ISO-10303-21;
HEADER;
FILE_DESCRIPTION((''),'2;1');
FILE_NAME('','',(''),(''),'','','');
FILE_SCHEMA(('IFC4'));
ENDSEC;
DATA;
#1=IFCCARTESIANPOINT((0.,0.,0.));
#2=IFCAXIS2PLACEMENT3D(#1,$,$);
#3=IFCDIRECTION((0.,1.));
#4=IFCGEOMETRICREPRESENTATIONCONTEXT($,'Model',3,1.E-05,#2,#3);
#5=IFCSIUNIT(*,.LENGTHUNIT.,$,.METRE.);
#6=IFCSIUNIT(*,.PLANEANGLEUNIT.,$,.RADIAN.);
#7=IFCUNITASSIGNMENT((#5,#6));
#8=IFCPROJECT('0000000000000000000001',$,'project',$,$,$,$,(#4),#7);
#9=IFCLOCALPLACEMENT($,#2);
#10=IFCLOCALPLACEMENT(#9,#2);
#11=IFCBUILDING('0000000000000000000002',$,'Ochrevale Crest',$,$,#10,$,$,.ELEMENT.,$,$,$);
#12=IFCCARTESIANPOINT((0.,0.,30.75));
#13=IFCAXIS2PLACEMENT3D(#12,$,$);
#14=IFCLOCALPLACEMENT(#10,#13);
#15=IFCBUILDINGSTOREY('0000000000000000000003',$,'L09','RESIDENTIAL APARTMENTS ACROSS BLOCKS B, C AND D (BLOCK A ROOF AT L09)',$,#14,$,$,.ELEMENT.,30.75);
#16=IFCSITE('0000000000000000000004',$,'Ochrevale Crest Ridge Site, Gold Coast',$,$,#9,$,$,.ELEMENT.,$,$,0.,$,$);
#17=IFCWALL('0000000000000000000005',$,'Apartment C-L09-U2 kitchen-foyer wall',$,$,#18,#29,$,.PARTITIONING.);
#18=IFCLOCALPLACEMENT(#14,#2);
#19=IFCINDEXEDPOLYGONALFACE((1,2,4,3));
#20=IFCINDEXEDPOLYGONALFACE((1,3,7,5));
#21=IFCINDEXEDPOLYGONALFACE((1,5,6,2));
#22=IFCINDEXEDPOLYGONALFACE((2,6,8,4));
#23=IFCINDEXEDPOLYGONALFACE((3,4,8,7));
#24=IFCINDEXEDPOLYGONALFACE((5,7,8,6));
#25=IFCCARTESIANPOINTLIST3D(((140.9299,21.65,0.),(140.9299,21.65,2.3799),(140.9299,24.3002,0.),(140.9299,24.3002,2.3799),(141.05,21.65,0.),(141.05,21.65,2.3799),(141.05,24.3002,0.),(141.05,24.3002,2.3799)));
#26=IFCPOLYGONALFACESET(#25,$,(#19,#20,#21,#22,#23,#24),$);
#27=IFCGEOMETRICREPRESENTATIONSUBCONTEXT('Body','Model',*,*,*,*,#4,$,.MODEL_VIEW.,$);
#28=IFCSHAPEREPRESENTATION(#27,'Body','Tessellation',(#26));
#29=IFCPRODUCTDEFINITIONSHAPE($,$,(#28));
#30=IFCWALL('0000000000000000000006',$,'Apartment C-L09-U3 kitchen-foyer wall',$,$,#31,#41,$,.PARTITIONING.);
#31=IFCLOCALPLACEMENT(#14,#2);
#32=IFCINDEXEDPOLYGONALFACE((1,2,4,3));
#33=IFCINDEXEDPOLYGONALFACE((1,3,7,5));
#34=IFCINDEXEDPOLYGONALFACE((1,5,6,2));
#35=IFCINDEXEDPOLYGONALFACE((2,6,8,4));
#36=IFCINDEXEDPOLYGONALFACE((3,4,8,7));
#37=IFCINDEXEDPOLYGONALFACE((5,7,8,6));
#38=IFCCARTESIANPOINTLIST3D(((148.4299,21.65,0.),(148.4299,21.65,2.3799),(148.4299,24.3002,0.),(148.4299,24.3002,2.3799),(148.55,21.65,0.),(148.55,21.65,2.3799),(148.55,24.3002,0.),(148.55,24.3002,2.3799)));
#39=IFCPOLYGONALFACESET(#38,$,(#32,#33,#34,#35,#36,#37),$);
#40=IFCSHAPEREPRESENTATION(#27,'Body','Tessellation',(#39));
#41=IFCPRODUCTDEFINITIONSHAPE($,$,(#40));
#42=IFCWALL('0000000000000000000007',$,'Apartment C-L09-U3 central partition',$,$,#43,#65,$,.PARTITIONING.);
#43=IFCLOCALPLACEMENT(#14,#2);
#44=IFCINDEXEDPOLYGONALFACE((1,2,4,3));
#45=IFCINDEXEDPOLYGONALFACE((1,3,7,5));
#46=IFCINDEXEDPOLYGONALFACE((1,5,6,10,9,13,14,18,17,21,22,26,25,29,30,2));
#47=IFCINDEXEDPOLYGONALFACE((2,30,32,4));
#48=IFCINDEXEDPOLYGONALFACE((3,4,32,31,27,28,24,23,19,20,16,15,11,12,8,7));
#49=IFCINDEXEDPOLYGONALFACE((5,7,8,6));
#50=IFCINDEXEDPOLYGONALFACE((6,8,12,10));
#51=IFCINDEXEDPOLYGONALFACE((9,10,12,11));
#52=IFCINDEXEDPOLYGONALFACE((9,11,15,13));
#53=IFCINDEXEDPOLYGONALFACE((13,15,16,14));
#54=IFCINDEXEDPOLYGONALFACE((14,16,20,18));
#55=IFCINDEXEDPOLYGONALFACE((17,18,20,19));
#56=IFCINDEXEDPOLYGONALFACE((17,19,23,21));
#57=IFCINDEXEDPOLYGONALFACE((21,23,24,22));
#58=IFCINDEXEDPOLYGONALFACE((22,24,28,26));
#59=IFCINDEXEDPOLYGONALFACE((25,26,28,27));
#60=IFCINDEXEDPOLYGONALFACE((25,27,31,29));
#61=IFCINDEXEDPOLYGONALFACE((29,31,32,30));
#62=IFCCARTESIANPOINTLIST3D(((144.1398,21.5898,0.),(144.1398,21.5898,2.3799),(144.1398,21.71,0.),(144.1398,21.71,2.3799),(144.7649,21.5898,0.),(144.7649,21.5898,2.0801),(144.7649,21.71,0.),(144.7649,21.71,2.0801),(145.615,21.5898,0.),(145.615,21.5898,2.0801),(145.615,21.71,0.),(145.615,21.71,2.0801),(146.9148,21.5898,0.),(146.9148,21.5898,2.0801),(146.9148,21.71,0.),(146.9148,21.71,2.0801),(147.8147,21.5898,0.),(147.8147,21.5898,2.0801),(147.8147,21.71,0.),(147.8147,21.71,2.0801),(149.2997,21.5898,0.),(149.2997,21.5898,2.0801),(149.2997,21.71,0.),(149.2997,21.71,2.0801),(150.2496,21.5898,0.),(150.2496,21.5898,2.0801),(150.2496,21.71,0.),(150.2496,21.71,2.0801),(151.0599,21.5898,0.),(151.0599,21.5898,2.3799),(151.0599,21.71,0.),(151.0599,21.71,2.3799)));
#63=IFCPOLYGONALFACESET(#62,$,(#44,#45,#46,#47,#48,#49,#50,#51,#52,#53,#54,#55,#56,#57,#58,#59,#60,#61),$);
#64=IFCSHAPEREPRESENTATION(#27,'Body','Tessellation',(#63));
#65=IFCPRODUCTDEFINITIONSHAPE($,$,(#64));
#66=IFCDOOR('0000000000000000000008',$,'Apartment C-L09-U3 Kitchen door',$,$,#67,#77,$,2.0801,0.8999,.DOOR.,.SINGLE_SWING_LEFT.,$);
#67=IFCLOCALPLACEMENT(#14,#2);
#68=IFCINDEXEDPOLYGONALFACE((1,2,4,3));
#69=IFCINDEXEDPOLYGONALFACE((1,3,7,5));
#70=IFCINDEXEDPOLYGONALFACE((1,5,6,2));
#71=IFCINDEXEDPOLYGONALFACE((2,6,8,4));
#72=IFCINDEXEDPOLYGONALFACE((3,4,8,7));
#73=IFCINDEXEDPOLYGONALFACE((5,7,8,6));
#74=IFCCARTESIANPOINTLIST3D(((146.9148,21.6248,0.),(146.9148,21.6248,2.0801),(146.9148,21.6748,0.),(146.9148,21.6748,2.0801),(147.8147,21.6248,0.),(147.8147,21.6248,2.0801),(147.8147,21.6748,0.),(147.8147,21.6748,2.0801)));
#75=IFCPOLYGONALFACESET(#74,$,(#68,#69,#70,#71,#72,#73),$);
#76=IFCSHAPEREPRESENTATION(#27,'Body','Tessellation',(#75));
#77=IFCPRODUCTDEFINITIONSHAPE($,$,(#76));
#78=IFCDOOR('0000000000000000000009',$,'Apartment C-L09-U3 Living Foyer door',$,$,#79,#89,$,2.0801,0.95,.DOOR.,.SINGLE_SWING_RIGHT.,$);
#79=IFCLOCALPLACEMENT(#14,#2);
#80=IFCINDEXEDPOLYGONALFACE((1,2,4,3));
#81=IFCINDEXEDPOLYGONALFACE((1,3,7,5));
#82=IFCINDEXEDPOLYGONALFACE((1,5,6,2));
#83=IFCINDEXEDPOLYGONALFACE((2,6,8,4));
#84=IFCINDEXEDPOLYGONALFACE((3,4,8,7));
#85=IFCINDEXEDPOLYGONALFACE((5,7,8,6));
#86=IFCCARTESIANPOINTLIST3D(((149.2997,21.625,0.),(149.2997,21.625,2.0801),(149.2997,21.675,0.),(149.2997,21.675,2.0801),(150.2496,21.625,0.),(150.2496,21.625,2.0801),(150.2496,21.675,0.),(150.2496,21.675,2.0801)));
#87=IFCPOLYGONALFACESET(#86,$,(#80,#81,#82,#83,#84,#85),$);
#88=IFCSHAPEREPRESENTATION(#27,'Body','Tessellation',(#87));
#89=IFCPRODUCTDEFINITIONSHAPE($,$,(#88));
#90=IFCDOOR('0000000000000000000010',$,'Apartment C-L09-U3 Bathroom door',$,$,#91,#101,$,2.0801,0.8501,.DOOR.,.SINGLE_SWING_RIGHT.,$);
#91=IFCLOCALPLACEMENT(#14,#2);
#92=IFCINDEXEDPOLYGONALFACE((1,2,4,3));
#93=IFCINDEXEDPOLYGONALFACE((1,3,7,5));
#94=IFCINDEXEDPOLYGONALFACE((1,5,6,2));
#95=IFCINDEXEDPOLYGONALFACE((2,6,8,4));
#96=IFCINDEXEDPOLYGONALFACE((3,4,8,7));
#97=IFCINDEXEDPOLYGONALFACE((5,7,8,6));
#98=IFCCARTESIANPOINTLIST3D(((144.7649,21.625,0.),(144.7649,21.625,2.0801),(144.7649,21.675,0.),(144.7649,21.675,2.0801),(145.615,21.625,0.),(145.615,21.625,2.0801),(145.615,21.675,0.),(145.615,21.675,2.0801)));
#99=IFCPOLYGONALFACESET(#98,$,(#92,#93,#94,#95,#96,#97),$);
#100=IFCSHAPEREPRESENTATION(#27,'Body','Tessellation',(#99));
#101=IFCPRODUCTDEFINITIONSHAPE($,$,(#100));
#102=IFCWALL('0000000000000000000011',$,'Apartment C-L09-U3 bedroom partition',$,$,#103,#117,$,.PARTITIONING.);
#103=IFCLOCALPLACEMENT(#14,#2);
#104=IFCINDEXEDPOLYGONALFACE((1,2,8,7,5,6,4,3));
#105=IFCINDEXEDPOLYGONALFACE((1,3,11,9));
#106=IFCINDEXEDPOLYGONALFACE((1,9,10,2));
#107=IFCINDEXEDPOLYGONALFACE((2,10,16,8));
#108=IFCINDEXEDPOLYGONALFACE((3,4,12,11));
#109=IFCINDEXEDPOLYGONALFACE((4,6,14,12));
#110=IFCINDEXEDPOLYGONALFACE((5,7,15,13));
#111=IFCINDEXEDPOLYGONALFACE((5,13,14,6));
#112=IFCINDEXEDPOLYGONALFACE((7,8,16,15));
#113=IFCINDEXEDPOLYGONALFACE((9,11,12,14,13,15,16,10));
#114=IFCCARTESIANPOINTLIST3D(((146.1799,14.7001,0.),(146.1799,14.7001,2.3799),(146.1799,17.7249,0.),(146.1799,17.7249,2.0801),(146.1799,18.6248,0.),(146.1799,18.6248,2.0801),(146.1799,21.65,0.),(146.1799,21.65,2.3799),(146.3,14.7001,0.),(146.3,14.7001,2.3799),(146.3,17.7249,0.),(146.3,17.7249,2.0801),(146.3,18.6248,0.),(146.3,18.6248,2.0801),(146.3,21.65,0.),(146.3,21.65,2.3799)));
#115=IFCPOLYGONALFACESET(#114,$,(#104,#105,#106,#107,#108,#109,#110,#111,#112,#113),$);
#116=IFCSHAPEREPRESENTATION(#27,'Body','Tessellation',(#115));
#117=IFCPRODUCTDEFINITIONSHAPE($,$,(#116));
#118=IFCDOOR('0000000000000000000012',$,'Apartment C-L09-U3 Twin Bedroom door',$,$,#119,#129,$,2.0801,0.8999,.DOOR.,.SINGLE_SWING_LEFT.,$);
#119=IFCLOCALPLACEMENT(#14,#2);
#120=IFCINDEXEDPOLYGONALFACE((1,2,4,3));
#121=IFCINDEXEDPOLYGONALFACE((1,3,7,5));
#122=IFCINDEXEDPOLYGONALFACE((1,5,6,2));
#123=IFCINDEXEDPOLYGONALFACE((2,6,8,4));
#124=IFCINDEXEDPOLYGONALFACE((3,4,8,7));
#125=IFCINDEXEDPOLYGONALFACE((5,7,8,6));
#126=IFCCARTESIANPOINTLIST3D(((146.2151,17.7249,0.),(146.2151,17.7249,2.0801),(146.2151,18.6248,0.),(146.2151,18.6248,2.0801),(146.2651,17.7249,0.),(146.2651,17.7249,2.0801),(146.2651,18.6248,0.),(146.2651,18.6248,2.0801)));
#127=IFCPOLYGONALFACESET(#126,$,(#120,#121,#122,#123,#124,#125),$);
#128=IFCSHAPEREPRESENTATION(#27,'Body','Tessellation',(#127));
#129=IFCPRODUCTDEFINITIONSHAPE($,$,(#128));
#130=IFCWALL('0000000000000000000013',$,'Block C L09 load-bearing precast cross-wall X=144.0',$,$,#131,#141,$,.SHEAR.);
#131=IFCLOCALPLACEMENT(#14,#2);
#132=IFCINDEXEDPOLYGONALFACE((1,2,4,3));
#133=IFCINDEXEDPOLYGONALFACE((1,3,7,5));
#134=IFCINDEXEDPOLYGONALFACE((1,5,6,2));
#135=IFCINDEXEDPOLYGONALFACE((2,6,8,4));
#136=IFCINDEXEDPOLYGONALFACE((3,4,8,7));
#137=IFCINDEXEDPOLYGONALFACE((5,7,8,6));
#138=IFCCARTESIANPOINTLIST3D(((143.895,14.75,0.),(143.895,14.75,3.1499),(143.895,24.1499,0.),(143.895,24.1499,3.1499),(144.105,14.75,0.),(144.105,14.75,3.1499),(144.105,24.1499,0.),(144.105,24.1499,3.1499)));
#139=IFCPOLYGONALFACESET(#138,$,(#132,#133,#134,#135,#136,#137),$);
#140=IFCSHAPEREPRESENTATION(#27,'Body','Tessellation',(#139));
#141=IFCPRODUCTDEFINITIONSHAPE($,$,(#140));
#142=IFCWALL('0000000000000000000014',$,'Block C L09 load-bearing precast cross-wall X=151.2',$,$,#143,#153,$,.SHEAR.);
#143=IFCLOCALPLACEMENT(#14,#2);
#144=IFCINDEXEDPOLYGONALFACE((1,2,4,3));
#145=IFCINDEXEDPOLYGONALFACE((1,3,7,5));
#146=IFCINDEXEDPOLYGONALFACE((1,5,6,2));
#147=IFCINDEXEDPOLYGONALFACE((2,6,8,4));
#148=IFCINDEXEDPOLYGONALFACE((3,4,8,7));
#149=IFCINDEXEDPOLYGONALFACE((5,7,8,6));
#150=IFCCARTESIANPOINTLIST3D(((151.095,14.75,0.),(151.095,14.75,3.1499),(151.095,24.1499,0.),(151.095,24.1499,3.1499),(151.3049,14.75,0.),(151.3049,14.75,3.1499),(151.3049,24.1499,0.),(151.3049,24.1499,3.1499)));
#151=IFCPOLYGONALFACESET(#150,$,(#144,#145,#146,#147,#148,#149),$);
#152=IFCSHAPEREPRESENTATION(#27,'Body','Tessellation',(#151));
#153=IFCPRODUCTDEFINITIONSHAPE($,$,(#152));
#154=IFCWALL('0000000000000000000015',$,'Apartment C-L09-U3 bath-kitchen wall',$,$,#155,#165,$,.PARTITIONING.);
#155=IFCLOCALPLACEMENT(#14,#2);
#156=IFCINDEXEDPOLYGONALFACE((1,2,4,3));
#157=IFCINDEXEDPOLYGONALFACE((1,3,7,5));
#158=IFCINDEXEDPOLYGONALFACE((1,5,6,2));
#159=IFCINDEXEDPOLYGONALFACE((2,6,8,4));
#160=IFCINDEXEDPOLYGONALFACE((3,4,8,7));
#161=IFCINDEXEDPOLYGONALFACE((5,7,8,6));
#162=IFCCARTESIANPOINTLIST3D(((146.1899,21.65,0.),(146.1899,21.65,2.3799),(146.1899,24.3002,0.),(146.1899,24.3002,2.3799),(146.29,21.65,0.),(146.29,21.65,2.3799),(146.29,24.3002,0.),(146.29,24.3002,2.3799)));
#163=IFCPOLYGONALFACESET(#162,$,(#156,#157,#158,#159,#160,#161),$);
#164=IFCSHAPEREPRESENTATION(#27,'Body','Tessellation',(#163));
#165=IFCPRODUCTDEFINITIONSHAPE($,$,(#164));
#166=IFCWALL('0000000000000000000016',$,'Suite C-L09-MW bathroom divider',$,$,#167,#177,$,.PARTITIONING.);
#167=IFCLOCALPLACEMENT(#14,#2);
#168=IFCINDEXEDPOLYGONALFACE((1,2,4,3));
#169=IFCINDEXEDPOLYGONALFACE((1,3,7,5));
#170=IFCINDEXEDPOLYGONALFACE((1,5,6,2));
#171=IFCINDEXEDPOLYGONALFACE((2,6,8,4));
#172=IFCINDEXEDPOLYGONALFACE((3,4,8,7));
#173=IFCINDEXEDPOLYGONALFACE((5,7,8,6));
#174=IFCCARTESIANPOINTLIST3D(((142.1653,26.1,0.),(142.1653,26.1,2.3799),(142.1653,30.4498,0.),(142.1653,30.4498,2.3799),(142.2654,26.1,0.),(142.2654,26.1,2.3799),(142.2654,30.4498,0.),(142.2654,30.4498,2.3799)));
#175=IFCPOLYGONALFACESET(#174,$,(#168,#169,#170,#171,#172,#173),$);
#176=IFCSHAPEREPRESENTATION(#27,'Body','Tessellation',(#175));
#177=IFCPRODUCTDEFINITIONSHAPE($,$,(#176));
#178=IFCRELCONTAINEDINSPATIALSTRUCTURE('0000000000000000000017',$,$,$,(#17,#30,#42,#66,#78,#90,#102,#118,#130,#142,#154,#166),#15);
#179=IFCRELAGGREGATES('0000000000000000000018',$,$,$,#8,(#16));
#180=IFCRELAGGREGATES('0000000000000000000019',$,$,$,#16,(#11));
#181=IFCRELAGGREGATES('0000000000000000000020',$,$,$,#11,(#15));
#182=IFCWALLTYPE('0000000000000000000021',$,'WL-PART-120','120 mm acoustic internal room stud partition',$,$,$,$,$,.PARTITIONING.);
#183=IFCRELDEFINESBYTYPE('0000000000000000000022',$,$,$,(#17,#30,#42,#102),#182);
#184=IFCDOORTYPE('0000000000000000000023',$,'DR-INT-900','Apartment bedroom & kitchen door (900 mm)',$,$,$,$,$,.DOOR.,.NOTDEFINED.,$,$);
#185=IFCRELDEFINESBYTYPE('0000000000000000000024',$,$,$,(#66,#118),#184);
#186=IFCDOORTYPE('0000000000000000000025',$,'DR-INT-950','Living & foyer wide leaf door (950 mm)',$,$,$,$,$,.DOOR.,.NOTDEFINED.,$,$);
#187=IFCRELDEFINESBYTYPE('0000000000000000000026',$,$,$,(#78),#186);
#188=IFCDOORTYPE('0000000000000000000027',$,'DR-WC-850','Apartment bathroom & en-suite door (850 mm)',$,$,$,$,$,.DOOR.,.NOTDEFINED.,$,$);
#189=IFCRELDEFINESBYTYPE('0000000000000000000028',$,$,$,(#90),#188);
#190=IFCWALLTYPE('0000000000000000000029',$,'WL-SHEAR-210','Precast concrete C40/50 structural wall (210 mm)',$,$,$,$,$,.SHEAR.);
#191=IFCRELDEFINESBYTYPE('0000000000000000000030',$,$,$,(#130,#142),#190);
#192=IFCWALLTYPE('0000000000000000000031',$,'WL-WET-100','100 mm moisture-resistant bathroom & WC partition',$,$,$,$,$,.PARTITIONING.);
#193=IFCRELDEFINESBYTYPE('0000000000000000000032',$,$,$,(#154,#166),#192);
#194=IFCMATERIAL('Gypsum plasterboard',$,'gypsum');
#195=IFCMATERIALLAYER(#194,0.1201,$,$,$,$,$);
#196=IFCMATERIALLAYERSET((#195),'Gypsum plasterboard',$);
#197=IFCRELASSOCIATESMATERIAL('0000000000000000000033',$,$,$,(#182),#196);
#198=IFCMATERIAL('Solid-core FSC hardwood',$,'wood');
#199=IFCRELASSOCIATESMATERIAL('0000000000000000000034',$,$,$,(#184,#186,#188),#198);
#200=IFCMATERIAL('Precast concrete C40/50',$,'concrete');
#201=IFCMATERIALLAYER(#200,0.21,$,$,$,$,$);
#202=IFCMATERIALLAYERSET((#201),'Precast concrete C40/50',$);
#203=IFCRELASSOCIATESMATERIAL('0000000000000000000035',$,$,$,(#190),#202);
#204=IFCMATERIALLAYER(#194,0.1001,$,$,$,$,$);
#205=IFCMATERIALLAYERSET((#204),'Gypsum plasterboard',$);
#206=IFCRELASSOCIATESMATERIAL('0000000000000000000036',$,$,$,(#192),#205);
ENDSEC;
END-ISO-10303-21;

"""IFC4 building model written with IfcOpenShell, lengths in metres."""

from ifc_helpers import new_model, si_unit, direction, frame, frame_2d, origin, place, context, subcontext, project, spatial, rectangle, extrude, material, layer, layer_set, type_object, element, fill, save


model = new_model("IFC4")

# Units and contexts
model_context = context("Model", 3, precision=1e-05, world=origin(), true_north=direction((0.0, 1.0)))
body_context = subcontext(model_context, "Body", "Model", "MODEL_VIEW")
ifc_project = project(units=[si_unit("LENGTHUNIT", "METRE"), si_unit("PLANEANGLEUNIT", "RADIAN")], contexts=[model_context])

# Site, building, storey
site_placement = place(None, origin())
site = spatial("IfcSite", under=ifc_project, at=site_placement, Name="Ochrevale Crest Ridge Site, Gold Coast", CompositionType="ELEMENT", RefElevation=0.0)
building_placement = place(site_placement, origin())
building = spatial("IfcBuilding", under=site, at=building_placement, Name="Ochrevale Crest", CompositionType="ELEMENT")
storey_placement = place(building_placement, frame((0.0, 0.0, 30.75)))
storey = spatial("IfcBuildingStorey", under=building, at=storey_placement, Name="L09", Description="RESIDENTIAL APARTMENTS ACROSS BLOCKS B, C AND D (BLOCK A ROOF AT L09)", CompositionType="ELEMENT", Elevation=30.75)

# Shared definitions
ifc_material_1 = material(Name="Precast concrete C40/50", Category="concrete")

# Shared definitions
ifc_material_2 = material(Name="Gypsum plasterboard", Category="gypsum")
ifc_material_3 = material(Name="Solid-core FSC hardwood", Category="wood")

# Walls
ifc_layer_1 = layer(ifc_material_2, 0.1201)
ifc_layer_set_1 = layer_set([ifc_layer_1], Name="Gypsum plasterboard")
wall_type_1 = type_object("IfcWallType", Name="WL-PART-120", Description="120 mm acoustic internal room stud partition", PredefinedType="PARTITIONING", material=ifc_layer_set_1)
for number, where, z_axis, x_axis, name in (
    (1, (140.99, 21.6499, 0.0), (0.0, 0.0, 1.0), (0.0, 1.0, 0.0), "Apartment C-L09-U2 kitchen-foyer wall"),
    (2, (148.49, 21.6499, 0.0), (0.0, 0.0, 1.0), (0.0, 1.0, 0.0), "Apartment C-L09-U3 kitchen-foyer wall"),
):
    element("IfcWall", number, at=place(storey_placement, frame(where, z_axis=z_axis, x_axis=x_axis)), inside=storey, type_object=wall_type_1, Name=name, PredefinedType="PARTITIONING", context=body_context, shape_type="SweptSolid", body=[
        extrude(rectangle(XDim=2.6501, YDim=0.1201, at=frame_2d((1.3252, 0.0))), origin(), (0.0, 0.0, 1.0), 2.3799),
    ])

# Wall, openings, doors
wall_1_placement = place(storey_placement, frame((144.1399, 21.6499, 0.0), z_axis=(0.0, 0.0, 1.0), x_axis=(1.0, 0.0, 0.0)))
wall_1 = element("IfcWall", 3, at=wall_1_placement, inside=storey, type_object=wall_type_1, Name="Apartment C-L09-U3 central partition", PredefinedType="PARTITIONING", context=body_context, shape_type="SweptSolid", body=[
    extrude(rectangle(XDim=6.9202, YDim=0.1201, at=frame_2d((3.46, 0.0))), origin(), (0.0, 0.0, 1.0), 2.3799),
])
opening_1_placement = place(wall_1_placement, frame((1.4751, 0.0, 0.0), z_axis=(0.0, 0.0, 1.0), x_axis=(-1.0, 0.0, 0.0)))
opening_1 = element("IfcOpeningElement", 4, at=opening_1_placement, cuts=wall_1, PredefinedType="OPENING", context=body_context, shape_type="SweptSolid", body=[
    extrude(rectangle(XDim=0.8501, YDim=2.0801, at=frame_2d((0.425, 1.04))), frame((0.0, 0.0701, 0.0), z_axis=(0.0, -1.0, 0.0), x_axis=(1.0, 0.0, 0.0)), (0.0, 0.0, 1.0), 0.1401),
])
opening_2_placement = place(wall_1_placement, frame((2.7749, 0.0, 0.0)))
opening_2 = element("IfcOpeningElement", 5, at=opening_2_placement, cuts=wall_1, PredefinedType="OPENING", context=body_context, shape_type="SweptSolid", body=[
    extrude(rectangle(XDim=0.8999, YDim=2.0801, at=frame_2d((0.45, 1.04))), frame((0.0, 0.0701, 0.0), z_axis=(0.0, -1.0, 0.0), x_axis=(1.0, 0.0, 0.0)), (0.0, 0.0, 1.0), 0.1401),
])
opening_3_placement = place(wall_1_placement, frame((6.1099, 0.0, 0.0), z_axis=(0.0, 0.0, 1.0), x_axis=(-1.0, 0.0, 0.0)))
opening_3 = element("IfcOpeningElement", 6, at=opening_3_placement, cuts=wall_1, PredefinedType="OPENING", context=body_context, shape_type="SweptSolid", body=[
    extrude(rectangle(XDim=0.95, YDim=2.0801, at=frame_2d((0.4751, 1.04))), frame((0.0, 0.0701, 0.0), z_axis=(0.0, -1.0, 0.0), x_axis=(1.0, 0.0, 0.0)), (0.0, 0.0, 1.0), 0.1401),
])
door_type_1 = type_object("IfcDoorType", Name="DR-INT-900", Description="Apartment bedroom & kitchen door (900 mm)", OperationType="NOTDEFINED", PredefinedType="DOOR", material=ifc_material_3)
door_1_placement = place(opening_2_placement, origin())
door_1 = element("IfcDoor", 7, at=door_1_placement, inside=storey, type_object=door_type_1, Name="Apartment C-L09-U3 Kitchen door", OperationType="SINGLE_SWING_LEFT", OverallHeight=2.0801, OverallWidth=0.8999, PredefinedType="DOOR", context=body_context, shape_type="SweptSolid", body=[
    extrude(rectangle(XDim=0.8999, YDim=2.0801, at=frame_2d((0.45, 1.04))), frame((0.0, 0.0249, 0.0), z_axis=(0.0, -1.0, 0.0), x_axis=(1.0, 0.0, 0.0)), (0.0, 0.0, 1.0), 0.05),
])
fill(opening_2, door_1)
door_type_2 = type_object("IfcDoorType", Name="DR-INT-950", Description="Living & foyer wide leaf door (950 mm)", OperationType="NOTDEFINED", PredefinedType="DOOR", material=ifc_material_3)
door_2_placement = place(opening_3_placement, origin())
door_2 = element("IfcDoor", 8, at=door_2_placement, inside=storey, type_object=door_type_2, Name="Apartment C-L09-U3 Living Foyer door", OperationType="SINGLE_SWING_RIGHT", OverallHeight=2.0801, OverallWidth=0.95, PredefinedType="DOOR", context=body_context, shape_type="SweptSolid", body=[
    extrude(rectangle(XDim=0.95, YDim=2.0801, at=frame_2d((0.4751, 1.04))), frame((0.0, 0.0249, 0.0), z_axis=(0.0, -1.0, 0.0), x_axis=(1.0, 0.0, 0.0)), (0.0, 0.0, 1.0), 0.05),
])
fill(opening_3, door_2)
door_type_3 = type_object("IfcDoorType", Name="DR-WC-850", Description="Apartment bathroom & en-suite door (850 mm)", OperationType="NOTDEFINED", PredefinedType="DOOR", material=ifc_material_3)
door_3_placement = place(opening_1_placement, origin())
door_3 = element("IfcDoor", 9, at=door_3_placement, inside=storey, type_object=door_type_3, Name="Apartment C-L09-U3 Bathroom door", OperationType="SINGLE_SWING_RIGHT", OverallHeight=2.0801, OverallWidth=0.8501, PredefinedType="DOOR", context=body_context, shape_type="SweptSolid", body=[
    extrude(rectangle(XDim=0.8501, YDim=2.0801, at=frame_2d((0.425, 1.04))), frame((0.0, 0.0249, 0.0), z_axis=(0.0, -1.0, 0.0), x_axis=(1.0, 0.0, 0.0)), (0.0, 0.0, 1.0), 0.05),
])
fill(opening_1, door_3)

# Wall, opening, door
wall_2_placement = place(storey_placement, frame((146.24, 14.7, 0.0), z_axis=(0.0, 0.0, 1.0), x_axis=(0.0, 1.0, 0.0)))
wall_2 = element("IfcWall", 10, at=wall_2_placement, inside=storey, type_object=wall_type_1, Name="Apartment C-L09-U3 bedroom partition", PredefinedType="PARTITIONING", context=body_context, shape_type="SweptSolid", body=[
    extrude(rectangle(XDim=6.95, YDim=0.1201, at=frame_2d((3.4751, 0.0))), origin(), (0.0, 0.0, 1.0), 2.3799),
])
opening_4_placement = place(wall_2_placement, frame((3.0249, 0.0, 0.0)))
opening_4 = element("IfcOpeningElement", 11, at=opening_4_placement, cuts=wall_2, PredefinedType="OPENING", context=body_context, shape_type="SweptSolid", body=[
    extrude(rectangle(XDim=0.8999, YDim=2.0801, at=frame_2d((0.45, 1.04))), frame((0.0, 0.0701, 0.0), z_axis=(0.0, -1.0, 0.0), x_axis=(1.0, 0.0, 0.0)), (0.0, 0.0, 1.0), 0.1401),
])
door_4_placement = place(opening_4_placement, origin())
door_4 = element("IfcDoor", 12, at=door_4_placement, inside=storey, type_object=door_type_1, Name="Apartment C-L09-U3 Twin Bedroom door", OperationType="SINGLE_SWING_LEFT", OverallHeight=2.0801, OverallWidth=0.8999, PredefinedType="DOOR", context=body_context, shape_type="SweptSolid", body=[
    extrude(rectangle(XDim=0.8999, YDim=2.0801, at=frame_2d((0.45, 1.04))), frame((0.0, 0.0249, 0.0), z_axis=(0.0, -1.0, 0.0), x_axis=(1.0, 0.0, 0.0)), (0.0, 0.0, 1.0), 0.05),
])
fill(opening_4, door_4)

# Walls
ifc_layer_2 = layer(ifc_material_1, 0.21)
ifc_layer_set_2 = layer_set([ifc_layer_2], Name="Precast concrete C40/50")
wall_type_2 = type_object("IfcWallType", Name="WL-SHEAR-210", Description="Precast concrete C40/50 structural wall (210 mm)", PredefinedType="SHEAR", material=ifc_layer_set_2)
for number, where, z_axis, x_axis, name in (
    (13, (144.0, 14.75, 0.0), (0.0, 0.0, 1.0), (0.0, 1.0, 0.0), "Block C L09 load-bearing precast cross-wall X=144.0"),
    (14, (151.2, 14.75, 0.0), (0.0, 0.0, 1.0), (0.0, 1.0, 0.0), "Block C L09 load-bearing precast cross-wall X=151.2"),
):
    element("IfcWall", number, at=place(storey_placement, frame(where, z_axis=z_axis, x_axis=x_axis)), inside=storey, type_object=wall_type_2, Name=name, PredefinedType="SHEAR", context=body_context, shape_type="SweptSolid", body=[
        extrude(rectangle(XDim=9.3999, YDim=0.21, at=frame_2d((4.7, 0.0))), origin(), (0.0, 0.0, 1.0), 3.1499),
    ])
ifc_layer_3 = layer(ifc_material_2, 0.1001)
ifc_layer_set_3 = layer_set([ifc_layer_3], Name="Gypsum plasterboard")
wall_type_3 = type_object("IfcWallType", Name="WL-WET-100", Description="100 mm moisture-resistant bathroom & WC partition", PredefinedType="PARTITIONING", material=ifc_layer_set_3)
wall_3_placement = place(storey_placement, frame((146.24, 21.6499, 0.0), z_axis=(0.0, 0.0, 1.0), x_axis=(0.0, 1.0, 0.0)))
element("IfcWall", 15, at=wall_3_placement, inside=storey, type_object=wall_type_3, Name="Apartment C-L09-U3 bath-kitchen wall", PredefinedType="PARTITIONING", context=body_context, shape_type="SweptSolid", body=[
    extrude(rectangle(XDim=2.6501, YDim=0.1001, at=frame_2d((1.3252, 0.0))), origin(), (0.0, 0.0, 1.0), 2.3799),
])
wall_4_placement = place(storey_placement, frame((142.2153, 26.1001, 0.0), z_axis=(0.0, 0.0, 1.0), x_axis=(0.0, 1.0, 0.0)))
element("IfcWall", 16, at=wall_4_placement, inside=storey, type_object=wall_type_3, Name="Suite C-L09-MW bathroom divider", PredefinedType="PARTITIONING", context=body_context, shape_type="SweptSolid", body=[
    extrude(rectangle(XDim=4.3499, YDim=0.1001, at=frame_2d((2.1748, 0.0))), origin(), (0.0, 0.0, 1.0), 2.3799),
])

save(model, "model.ifc")
